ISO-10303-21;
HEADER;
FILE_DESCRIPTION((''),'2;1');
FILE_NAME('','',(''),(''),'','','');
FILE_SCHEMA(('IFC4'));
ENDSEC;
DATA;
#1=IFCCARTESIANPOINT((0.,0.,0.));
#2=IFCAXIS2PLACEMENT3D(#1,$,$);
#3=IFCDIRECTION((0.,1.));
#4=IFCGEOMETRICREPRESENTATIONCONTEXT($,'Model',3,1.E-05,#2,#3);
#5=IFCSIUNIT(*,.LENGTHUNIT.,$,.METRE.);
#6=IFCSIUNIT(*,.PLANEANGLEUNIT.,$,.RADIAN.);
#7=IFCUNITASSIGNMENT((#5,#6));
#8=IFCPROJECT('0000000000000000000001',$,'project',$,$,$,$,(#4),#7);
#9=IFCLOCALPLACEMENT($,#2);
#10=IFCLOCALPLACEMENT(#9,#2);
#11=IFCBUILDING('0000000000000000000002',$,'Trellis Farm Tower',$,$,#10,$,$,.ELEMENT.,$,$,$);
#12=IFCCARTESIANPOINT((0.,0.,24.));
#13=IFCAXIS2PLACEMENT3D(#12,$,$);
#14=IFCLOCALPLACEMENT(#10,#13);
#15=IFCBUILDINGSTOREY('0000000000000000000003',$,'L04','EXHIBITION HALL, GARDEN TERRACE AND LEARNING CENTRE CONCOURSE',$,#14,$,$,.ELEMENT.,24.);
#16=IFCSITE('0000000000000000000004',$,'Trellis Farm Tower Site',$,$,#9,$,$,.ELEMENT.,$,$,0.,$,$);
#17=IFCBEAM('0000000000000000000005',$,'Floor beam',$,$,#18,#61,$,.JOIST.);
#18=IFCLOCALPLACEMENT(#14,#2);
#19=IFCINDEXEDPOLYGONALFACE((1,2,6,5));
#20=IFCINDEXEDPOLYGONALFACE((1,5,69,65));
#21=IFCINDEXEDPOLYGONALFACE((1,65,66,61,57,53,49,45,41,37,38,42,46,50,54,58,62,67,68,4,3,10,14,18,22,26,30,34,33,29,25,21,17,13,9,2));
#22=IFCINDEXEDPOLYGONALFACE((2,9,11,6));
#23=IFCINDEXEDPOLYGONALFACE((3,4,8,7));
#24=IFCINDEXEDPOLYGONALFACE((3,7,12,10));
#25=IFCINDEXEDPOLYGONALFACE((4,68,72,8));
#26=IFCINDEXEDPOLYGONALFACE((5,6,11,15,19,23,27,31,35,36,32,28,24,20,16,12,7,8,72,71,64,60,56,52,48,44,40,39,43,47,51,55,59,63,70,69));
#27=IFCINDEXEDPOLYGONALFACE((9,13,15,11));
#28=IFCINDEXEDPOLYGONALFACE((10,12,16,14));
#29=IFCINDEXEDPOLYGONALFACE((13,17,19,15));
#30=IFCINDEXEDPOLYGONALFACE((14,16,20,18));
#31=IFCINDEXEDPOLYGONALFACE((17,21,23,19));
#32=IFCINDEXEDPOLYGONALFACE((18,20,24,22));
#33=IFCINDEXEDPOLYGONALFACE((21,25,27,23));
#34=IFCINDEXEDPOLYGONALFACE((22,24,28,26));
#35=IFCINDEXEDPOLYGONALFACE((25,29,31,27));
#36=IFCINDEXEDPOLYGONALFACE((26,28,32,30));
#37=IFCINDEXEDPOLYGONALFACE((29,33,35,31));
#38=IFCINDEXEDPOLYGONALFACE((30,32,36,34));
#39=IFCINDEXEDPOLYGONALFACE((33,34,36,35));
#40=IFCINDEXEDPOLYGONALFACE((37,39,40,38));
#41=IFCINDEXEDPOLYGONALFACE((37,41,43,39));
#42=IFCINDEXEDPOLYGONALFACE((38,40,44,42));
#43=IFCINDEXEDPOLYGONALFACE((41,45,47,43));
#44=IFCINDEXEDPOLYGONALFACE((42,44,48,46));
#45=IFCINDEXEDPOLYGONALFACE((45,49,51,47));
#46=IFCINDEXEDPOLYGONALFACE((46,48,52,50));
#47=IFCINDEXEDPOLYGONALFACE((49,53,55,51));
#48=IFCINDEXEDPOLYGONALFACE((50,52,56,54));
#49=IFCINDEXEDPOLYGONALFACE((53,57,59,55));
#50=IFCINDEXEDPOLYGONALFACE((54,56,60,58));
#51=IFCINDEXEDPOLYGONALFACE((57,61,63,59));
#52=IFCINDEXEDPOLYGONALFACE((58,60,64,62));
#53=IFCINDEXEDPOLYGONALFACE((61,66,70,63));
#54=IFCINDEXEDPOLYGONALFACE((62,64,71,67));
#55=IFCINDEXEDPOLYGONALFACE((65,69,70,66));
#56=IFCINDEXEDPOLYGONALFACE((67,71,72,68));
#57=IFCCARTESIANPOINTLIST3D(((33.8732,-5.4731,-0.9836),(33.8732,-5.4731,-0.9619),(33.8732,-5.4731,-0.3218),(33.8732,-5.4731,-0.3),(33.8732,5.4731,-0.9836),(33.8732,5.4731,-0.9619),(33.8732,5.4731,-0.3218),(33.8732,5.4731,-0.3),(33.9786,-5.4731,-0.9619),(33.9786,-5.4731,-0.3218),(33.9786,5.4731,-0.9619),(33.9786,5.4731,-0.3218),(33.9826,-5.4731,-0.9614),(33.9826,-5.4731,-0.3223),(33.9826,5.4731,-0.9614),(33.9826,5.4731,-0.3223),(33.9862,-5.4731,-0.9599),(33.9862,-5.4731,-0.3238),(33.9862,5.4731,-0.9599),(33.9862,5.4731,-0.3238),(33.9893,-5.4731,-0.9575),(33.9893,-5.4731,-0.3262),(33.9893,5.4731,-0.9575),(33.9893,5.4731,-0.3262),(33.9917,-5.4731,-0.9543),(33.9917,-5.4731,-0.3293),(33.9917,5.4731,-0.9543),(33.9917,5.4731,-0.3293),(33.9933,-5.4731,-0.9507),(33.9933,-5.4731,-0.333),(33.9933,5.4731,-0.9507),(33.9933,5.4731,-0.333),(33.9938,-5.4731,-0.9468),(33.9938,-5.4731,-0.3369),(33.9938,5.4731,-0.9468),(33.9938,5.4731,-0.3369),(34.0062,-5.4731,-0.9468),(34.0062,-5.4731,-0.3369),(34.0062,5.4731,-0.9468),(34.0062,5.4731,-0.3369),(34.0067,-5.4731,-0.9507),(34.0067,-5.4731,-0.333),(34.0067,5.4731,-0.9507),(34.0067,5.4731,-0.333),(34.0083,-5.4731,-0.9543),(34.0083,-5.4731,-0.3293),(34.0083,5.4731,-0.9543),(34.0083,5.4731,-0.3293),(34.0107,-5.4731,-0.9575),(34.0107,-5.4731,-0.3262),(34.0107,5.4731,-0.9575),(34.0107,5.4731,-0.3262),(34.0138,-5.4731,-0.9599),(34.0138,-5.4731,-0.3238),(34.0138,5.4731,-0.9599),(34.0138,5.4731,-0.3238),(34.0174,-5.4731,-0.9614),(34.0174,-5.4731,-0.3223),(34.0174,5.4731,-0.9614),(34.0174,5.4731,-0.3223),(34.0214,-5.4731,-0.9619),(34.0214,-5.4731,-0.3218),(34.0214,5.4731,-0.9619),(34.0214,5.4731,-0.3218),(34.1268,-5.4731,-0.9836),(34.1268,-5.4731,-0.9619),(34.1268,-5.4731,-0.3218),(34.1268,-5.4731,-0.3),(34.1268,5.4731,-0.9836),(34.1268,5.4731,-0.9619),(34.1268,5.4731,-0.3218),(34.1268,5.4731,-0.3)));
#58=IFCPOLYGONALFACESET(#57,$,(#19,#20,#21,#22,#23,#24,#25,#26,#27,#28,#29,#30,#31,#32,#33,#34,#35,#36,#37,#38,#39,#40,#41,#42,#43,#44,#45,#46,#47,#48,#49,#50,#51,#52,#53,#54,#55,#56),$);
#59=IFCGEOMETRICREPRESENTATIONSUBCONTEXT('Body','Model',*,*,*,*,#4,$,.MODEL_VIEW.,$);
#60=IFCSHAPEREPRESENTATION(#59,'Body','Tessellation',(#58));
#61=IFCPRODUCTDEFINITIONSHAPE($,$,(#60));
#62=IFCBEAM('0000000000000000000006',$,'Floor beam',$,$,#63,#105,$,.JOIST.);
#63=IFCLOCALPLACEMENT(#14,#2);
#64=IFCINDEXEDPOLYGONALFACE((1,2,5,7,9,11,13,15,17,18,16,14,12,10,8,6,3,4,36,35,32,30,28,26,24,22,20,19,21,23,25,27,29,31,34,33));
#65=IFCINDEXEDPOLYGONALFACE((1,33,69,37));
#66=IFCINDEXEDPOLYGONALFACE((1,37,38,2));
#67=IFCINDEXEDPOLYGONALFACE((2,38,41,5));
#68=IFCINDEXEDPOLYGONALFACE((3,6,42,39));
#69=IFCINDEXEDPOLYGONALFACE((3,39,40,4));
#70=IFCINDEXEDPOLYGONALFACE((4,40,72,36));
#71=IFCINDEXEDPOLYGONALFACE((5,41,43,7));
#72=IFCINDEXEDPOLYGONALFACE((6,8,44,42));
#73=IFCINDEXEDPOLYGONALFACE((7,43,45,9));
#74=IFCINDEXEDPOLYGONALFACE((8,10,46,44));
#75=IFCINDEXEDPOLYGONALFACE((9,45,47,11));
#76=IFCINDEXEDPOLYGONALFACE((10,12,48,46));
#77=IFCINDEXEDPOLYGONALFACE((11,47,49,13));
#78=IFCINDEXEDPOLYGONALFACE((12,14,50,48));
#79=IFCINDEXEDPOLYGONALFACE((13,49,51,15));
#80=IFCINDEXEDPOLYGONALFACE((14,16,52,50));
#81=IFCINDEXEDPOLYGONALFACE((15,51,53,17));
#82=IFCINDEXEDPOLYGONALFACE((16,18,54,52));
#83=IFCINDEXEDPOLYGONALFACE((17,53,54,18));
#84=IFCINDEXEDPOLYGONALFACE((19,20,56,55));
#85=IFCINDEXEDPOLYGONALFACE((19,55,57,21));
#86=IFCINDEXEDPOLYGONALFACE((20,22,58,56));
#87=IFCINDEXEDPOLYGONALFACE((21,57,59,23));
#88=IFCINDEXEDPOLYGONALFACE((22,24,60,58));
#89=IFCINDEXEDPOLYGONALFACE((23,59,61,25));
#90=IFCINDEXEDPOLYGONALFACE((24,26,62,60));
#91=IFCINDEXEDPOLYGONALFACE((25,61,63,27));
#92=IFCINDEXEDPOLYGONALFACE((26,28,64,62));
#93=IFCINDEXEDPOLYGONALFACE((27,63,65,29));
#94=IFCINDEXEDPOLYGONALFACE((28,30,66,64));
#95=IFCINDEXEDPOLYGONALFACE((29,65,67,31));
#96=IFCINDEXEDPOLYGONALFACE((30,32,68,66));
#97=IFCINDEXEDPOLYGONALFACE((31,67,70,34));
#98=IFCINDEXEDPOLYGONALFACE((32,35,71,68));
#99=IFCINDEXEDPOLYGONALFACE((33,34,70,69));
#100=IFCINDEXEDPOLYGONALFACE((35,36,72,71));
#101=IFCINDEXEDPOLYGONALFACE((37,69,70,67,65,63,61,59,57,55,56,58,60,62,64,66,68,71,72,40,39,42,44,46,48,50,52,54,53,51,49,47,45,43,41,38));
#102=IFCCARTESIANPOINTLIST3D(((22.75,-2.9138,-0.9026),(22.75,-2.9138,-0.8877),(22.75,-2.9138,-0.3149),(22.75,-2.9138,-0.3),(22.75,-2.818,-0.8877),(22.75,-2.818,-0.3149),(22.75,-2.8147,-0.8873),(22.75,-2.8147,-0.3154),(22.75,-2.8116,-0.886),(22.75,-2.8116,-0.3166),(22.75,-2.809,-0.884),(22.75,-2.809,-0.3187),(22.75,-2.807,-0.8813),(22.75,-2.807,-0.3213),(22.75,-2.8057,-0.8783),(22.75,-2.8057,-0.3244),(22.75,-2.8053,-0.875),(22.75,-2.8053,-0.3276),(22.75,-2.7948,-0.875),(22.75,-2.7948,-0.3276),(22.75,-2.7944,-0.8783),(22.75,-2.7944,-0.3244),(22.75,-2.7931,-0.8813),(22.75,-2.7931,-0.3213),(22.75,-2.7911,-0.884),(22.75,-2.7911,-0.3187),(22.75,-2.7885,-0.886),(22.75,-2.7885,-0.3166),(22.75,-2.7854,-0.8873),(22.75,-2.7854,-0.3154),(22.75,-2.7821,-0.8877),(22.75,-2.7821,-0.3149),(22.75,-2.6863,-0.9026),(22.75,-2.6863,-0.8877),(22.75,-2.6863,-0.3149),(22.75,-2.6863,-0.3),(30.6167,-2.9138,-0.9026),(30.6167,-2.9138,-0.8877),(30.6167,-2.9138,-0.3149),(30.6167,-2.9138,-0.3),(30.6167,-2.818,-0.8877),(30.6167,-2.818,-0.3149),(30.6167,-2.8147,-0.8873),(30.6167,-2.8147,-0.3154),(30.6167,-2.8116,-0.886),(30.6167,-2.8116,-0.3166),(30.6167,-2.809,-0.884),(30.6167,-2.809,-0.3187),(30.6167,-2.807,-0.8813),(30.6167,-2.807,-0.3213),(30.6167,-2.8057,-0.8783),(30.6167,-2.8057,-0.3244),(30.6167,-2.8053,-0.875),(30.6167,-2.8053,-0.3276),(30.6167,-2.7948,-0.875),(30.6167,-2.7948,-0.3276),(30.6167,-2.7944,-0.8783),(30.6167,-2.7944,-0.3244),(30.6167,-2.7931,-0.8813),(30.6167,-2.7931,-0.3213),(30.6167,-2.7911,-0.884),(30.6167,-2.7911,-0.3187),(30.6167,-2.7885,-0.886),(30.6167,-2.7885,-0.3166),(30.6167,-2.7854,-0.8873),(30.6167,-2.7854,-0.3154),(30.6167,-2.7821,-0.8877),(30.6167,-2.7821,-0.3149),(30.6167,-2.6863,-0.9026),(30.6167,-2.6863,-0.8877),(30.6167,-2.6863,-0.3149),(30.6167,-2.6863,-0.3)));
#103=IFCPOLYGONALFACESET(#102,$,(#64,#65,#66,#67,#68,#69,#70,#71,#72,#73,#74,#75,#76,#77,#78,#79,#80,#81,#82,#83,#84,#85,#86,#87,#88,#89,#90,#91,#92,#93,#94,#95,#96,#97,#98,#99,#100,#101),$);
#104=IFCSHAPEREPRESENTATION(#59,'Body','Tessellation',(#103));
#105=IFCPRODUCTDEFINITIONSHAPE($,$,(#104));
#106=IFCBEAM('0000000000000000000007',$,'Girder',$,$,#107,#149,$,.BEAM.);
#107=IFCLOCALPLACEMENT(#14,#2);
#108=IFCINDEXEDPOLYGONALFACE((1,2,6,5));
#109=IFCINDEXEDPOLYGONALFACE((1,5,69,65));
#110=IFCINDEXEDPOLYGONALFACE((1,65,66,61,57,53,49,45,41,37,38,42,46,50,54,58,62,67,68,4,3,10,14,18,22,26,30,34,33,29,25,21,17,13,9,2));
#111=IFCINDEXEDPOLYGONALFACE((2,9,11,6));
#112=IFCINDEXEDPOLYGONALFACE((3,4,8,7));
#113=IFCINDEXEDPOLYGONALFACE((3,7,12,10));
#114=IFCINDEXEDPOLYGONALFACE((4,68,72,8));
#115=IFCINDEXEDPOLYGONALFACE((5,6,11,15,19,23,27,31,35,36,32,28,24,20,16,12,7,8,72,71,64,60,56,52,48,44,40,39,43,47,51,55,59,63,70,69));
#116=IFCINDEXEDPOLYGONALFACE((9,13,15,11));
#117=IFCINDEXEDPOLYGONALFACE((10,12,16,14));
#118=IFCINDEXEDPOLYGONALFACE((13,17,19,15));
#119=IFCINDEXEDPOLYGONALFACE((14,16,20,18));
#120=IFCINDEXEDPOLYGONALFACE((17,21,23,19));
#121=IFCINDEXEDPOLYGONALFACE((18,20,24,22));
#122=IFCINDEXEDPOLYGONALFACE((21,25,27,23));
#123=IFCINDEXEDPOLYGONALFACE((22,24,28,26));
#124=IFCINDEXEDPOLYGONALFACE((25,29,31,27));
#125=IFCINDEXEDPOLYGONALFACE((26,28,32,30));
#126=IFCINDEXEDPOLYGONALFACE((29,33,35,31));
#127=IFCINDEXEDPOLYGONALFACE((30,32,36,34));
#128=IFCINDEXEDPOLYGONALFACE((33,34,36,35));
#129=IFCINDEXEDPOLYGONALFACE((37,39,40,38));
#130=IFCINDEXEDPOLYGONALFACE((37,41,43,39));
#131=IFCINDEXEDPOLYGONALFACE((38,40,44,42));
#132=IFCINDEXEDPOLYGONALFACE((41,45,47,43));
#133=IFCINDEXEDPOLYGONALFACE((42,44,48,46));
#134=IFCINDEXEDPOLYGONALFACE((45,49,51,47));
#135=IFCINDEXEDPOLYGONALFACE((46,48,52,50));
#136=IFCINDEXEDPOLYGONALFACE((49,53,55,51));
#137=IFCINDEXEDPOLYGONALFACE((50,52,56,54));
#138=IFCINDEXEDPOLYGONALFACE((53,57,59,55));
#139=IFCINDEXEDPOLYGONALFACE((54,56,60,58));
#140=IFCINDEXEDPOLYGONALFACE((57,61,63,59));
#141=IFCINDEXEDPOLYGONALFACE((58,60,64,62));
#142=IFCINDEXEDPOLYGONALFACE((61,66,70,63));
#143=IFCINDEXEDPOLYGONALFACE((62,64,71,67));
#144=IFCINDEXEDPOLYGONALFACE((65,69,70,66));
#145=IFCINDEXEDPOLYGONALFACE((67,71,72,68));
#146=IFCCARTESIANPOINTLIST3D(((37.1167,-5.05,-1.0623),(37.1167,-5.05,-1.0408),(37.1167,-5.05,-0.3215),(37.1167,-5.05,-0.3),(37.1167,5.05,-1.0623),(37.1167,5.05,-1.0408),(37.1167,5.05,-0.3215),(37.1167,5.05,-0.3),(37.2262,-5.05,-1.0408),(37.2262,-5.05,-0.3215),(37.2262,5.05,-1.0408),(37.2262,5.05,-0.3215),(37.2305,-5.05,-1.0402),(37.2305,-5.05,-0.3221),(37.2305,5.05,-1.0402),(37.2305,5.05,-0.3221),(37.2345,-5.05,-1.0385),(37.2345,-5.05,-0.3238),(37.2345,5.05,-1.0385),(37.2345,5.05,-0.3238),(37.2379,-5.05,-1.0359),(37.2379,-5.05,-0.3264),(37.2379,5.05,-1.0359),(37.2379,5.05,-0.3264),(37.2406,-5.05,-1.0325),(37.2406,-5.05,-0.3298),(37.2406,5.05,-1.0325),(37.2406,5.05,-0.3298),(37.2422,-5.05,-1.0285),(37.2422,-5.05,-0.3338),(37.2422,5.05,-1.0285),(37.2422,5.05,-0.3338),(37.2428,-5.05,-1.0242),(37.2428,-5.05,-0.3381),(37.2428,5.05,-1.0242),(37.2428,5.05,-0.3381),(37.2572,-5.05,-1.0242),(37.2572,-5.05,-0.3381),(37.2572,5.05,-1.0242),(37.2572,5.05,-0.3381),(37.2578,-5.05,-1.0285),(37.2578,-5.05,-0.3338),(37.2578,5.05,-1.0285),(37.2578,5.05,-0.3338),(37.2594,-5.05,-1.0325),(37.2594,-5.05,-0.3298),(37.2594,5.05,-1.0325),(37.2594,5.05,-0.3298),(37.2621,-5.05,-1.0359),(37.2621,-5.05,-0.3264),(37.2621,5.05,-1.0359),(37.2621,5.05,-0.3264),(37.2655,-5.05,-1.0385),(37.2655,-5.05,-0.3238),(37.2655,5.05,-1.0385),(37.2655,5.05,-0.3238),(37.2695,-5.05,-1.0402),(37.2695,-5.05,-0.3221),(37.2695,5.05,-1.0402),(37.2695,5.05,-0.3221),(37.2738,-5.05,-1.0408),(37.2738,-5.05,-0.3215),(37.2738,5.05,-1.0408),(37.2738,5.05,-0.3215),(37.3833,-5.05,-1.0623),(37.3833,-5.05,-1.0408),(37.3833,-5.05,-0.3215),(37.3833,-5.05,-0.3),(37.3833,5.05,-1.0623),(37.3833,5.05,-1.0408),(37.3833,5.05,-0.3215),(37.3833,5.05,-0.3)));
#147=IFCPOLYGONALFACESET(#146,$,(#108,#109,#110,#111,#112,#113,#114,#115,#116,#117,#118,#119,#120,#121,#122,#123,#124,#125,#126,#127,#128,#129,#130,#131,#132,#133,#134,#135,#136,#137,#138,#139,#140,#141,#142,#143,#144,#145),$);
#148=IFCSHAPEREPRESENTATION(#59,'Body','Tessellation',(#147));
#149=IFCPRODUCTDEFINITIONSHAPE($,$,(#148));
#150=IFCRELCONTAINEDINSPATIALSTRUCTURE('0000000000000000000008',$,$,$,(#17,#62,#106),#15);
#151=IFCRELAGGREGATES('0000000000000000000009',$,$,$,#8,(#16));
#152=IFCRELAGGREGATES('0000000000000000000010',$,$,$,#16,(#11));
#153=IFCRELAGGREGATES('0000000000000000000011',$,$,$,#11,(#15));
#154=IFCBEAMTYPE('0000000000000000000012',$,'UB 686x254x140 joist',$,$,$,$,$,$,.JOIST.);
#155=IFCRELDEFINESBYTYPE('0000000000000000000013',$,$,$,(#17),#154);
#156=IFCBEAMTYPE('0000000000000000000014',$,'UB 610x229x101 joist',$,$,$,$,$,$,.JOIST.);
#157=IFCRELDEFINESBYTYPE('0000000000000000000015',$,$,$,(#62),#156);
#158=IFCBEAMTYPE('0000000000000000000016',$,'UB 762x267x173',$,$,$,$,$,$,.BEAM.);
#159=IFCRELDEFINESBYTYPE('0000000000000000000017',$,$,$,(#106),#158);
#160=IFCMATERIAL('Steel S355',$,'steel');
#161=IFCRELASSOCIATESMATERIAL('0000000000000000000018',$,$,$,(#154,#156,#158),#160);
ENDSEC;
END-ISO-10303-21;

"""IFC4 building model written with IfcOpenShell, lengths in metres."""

from ifc_helpers import new_model, si_unit, direction, frame, origin, origin_2d, place, context, subcontext, project, spatial, i_section, extrude, source, transform, mapped, material, material_profile, profile_set, type_object, element, save


model = new_model("IFC4")

# Units and contexts
model_context = context("Model", 3, precision=1e-05, world=origin(), true_north=direction((0.0, 1.0)))
body_context = subcontext(model_context, "Body", "Model", "MODEL_VIEW")
ifc_project = project(units=[si_unit("LENGTHUNIT", "METRE"), si_unit("PLANEANGLEUNIT", "RADIAN")], contexts=[model_context])

# Site, building, storey
site_placement = place(None, origin())
site = spatial("IfcSite", under=ifc_project, at=site_placement, Name="Trellis Farm Tower Site", CompositionType="ELEMENT", RefElevation=0.0)
building_placement = place(site_placement, origin())
building = spatial("IfcBuilding", under=site, at=building_placement, Name="Trellis Farm Tower", CompositionType="ELEMENT")
storey_placement = place(building_placement, frame((0.0, 0.0, 24.0)))
storey = spatial("IfcBuildingStorey", under=building, at=storey_placement, Name="L04", Description="EXHIBITION HALL, GARDEN TERRACE AND LEARNING CENTRE CONCOURSE", CompositionType="ELEMENT", Elevation=24.0)

# Beams
ifc_material_1 = material(Name="Steel S355", Category="steel")
ifc_material_profile_1 = material_profile(ifc_material_1, i_section(OverallWidth=0.2537, OverallDepth=0.6836, WebThickness=0.0125, FlangeThickness=0.0217, FilletRadius=0.0151, at=origin_2d()), Name="UB 686x254x140")
ifc_profile_set_1 = profile_set([ifc_material_profile_1], Name="Steel S355")
beam_type_1 = type_object("IfcBeamType", Name="UB 686x254x140 joist", PredefinedType="JOIST", material=ifc_profile_set_1)
shared_shape_1 = source(origin(), body_context, "Body", "SweptSolid", [
    extrude(i_section(OverallWidth=0.2537, OverallDepth=0.6836, WebThickness=0.0125, FlangeThickness=0.0217, FilletRadius=0.0151, at=origin_2d()), origin(), (0.0, 0.0, 1.0), 10.9463),
])
beam_1_placement = place(storey_placement, frame((34.0, -5.4731, -0.6418), z_axis=(0.0, 1.0, 0.0), x_axis=(-1.0, 0.0, 0.0)))
element("IfcBeam", 1, at=beam_1_placement, inside=storey, type_object=beam_type_1, Name="Floor beam", PredefinedType="JOIST", context=body_context, shape_type="MappedRepresentation", body=[
    mapped(shared_shape_1, transform((0.0, 0.0, 0.0))),
])
ifc_material_profile_2 = material_profile(ifc_material_1, i_section(OverallWidth=0.2275, OverallDepth=0.6025, WebThickness=0.0105, FlangeThickness=0.0149, FilletRadius=0.0127, at=origin_2d()), Name="UB 610x229x101")
ifc_profile_set_2 = profile_set([ifc_material_profile_2], Name="Steel S355")
beam_type_2 = type_object("IfcBeamType", Name="UB 610x229x101 joist", PredefinedType="JOIST", material=ifc_profile_set_2)
shared_shape_2 = source(origin(), body_context, "Body", "SweptSolid", [
    extrude(i_section(OverallWidth=0.2275, OverallDepth=0.6025, WebThickness=0.0105, FlangeThickness=0.0149, FilletRadius=0.0127, at=origin_2d()), origin(), (0.0, 0.0, 1.0), 7.8667),
])
beam_2_placement = place(storey_placement, frame((22.75, -2.8, -0.6013), z_axis=(1.0, 0.0, 0.0), x_axis=(0.0, 1.0, 0.0)))
element("IfcBeam", 2, at=beam_2_placement, inside=storey, type_object=beam_type_2, Name="Floor beam", PredefinedType="JOIST", context=body_context, shape_type="MappedRepresentation", body=[
    mapped(shared_shape_2, transform((0.0, 0.0, 0.0))),
])
ifc_material_profile_3 = material_profile(ifc_material_1, i_section(OverallWidth=0.2666, OverallDepth=0.7622, WebThickness=0.0144, FlangeThickness=0.0215, FilletRadius=0.0166, at=origin_2d()), Name="UB 762x267x173")
ifc_profile_set_3 = profile_set([ifc_material_profile_3], Name="Steel S355")
beam_type_3 = type_object("IfcBeamType", Name="UB 762x267x173", PredefinedType="BEAM", material=ifc_profile_set_3)
shared_shape_3 = source(origin(), body_context, "Body", "SweptSolid", [
    extrude(i_section(OverallWidth=0.2666, OverallDepth=0.7622, WebThickness=0.0144, FlangeThickness=0.0215, FilletRadius=0.0166, at=origin_2d()), origin(), (0.0, 0.0, 1.0), 10.1001),
])
beam_3_placement = place(storey_placement, frame((37.25, -5.05, -0.6812), z_axis=(0.0, 1.0, 0.0), x_axis=(-1.0, 0.0, 0.0)))
element("IfcBeam", 3, at=beam_3_placement, inside=storey, type_object=beam_type_3, Name="Girder", PredefinedType="BEAM", context=body_context, shape_type="MappedRepresentation", body=[
    mapped(shared_shape_3, transform((0.0, 0.0, 0.0))),
])

save(model, "model.ifc")
